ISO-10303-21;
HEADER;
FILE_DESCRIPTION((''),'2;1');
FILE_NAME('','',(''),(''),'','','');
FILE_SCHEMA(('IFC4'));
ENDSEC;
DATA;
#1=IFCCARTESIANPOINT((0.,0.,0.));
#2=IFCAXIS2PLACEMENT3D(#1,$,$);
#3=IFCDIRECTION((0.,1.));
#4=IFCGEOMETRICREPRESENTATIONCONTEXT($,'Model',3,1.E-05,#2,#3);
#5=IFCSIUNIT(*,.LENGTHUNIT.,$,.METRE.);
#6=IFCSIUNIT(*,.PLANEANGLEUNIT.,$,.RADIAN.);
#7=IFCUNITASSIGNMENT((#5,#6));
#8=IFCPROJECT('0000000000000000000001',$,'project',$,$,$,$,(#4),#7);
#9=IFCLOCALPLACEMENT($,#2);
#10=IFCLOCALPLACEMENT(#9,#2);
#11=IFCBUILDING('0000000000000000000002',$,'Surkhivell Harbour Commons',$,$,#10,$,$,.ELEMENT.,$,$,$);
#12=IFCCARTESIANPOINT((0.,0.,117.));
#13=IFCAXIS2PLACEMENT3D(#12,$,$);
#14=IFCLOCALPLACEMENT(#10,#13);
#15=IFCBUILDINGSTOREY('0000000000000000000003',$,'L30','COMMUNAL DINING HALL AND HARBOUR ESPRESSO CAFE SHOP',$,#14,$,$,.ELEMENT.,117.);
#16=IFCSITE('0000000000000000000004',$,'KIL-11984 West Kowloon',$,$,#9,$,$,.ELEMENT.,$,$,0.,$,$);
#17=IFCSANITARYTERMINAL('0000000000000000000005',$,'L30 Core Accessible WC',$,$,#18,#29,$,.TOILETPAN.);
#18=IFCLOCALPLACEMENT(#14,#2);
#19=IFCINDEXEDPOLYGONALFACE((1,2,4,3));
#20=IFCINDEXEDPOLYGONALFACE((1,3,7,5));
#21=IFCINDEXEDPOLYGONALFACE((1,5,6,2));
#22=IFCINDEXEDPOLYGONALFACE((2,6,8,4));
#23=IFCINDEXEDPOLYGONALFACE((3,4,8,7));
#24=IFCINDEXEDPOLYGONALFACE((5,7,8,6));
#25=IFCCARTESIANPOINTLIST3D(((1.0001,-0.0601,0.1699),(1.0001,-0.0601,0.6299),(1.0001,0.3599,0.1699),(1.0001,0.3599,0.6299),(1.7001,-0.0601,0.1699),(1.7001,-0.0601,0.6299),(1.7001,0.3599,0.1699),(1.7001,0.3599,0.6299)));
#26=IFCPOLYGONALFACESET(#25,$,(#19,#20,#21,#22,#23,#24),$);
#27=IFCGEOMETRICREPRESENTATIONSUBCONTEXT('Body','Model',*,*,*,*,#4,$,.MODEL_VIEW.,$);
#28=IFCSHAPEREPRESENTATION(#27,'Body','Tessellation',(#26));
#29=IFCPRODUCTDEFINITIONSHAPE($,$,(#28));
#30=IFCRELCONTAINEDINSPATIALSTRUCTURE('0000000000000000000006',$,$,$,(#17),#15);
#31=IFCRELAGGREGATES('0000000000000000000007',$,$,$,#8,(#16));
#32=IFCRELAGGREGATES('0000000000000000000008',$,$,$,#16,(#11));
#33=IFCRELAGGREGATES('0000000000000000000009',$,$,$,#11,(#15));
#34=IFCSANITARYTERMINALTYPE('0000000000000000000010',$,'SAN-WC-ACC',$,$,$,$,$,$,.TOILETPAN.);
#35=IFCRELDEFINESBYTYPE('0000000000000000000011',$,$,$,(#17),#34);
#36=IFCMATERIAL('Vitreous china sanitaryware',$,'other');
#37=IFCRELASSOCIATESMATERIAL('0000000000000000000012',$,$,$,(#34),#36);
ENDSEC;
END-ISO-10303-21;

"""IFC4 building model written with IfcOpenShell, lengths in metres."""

from ifc_helpers import new_model, si_unit, direction, frame, origin, origin_2d, place, context, subcontext, project, spatial, rectangle, extrude, material, type_object, element, save


model = new_model("IFC4")

# Units and contexts
model_context = context("Model", 3, precision=1e-05, world=origin(), true_north=direction((0.0, 1.0)))
body_context = subcontext(model_context, "Body", "Model", "MODEL_VIEW")
ifc_project = project(units=[si_unit("LENGTHUNIT", "METRE"), si_unit("PLANEANGLEUNIT", "RADIAN")], contexts=[model_context])

# Site, building, storey
site_placement = place(None, origin())
site = spatial("IfcSite", under=ifc_project, at=site_placement, Name="KIL-11984 West Kowloon", CompositionType="ELEMENT", RefElevation=0.0)
building_placement = place(site_placement, origin())
building = spatial("IfcBuilding", under=site, at=building_placement, Name="Surkhivell Harbour Commons", CompositionType="ELEMENT")
storey_placement = place(building_placement, frame((0.0, 0.0, 117.0)))
storey = spatial("IfcBuildingStorey", under=building, at=storey_placement, Name="L30", Description="COMMUNAL DINING HALL AND HARBOUR ESPRESSO CAFE SHOP", CompositionType="ELEMENT", Elevation=117.0)

# Sanitary terminal
ifc_material_1 = material(Name="Vitreous china sanitaryware", Category="other")
sanitary_terminal_type_1 = type_object("IfcSanitaryTerminalType", Name="SAN-WC-ACC", PredefinedType="TOILETPAN", material=ifc_material_1)
sanitary_terminal_1_placement = place(storey_placement, frame((1.3501, 0.1499, 0.1699), z_axis=(0.0, 0.0, 1.0), x_axis=(1.0, 0.0, 0.0)))
element("IfcSanitaryTerminal", 1, at=sanitary_terminal_1_placement, inside=storey, type_object=sanitary_terminal_type_1, Name="L30 Core Accessible WC", PredefinedType="TOILETPAN", context=body_context, shape_type="SweptSolid", body=[
    extrude(rectangle(XDim=0.7, YDim=0.4199, at=origin_2d()), origin(), (0.0, 0.0, 1.0), 0.46),
])

save(model, "model.ifc")
